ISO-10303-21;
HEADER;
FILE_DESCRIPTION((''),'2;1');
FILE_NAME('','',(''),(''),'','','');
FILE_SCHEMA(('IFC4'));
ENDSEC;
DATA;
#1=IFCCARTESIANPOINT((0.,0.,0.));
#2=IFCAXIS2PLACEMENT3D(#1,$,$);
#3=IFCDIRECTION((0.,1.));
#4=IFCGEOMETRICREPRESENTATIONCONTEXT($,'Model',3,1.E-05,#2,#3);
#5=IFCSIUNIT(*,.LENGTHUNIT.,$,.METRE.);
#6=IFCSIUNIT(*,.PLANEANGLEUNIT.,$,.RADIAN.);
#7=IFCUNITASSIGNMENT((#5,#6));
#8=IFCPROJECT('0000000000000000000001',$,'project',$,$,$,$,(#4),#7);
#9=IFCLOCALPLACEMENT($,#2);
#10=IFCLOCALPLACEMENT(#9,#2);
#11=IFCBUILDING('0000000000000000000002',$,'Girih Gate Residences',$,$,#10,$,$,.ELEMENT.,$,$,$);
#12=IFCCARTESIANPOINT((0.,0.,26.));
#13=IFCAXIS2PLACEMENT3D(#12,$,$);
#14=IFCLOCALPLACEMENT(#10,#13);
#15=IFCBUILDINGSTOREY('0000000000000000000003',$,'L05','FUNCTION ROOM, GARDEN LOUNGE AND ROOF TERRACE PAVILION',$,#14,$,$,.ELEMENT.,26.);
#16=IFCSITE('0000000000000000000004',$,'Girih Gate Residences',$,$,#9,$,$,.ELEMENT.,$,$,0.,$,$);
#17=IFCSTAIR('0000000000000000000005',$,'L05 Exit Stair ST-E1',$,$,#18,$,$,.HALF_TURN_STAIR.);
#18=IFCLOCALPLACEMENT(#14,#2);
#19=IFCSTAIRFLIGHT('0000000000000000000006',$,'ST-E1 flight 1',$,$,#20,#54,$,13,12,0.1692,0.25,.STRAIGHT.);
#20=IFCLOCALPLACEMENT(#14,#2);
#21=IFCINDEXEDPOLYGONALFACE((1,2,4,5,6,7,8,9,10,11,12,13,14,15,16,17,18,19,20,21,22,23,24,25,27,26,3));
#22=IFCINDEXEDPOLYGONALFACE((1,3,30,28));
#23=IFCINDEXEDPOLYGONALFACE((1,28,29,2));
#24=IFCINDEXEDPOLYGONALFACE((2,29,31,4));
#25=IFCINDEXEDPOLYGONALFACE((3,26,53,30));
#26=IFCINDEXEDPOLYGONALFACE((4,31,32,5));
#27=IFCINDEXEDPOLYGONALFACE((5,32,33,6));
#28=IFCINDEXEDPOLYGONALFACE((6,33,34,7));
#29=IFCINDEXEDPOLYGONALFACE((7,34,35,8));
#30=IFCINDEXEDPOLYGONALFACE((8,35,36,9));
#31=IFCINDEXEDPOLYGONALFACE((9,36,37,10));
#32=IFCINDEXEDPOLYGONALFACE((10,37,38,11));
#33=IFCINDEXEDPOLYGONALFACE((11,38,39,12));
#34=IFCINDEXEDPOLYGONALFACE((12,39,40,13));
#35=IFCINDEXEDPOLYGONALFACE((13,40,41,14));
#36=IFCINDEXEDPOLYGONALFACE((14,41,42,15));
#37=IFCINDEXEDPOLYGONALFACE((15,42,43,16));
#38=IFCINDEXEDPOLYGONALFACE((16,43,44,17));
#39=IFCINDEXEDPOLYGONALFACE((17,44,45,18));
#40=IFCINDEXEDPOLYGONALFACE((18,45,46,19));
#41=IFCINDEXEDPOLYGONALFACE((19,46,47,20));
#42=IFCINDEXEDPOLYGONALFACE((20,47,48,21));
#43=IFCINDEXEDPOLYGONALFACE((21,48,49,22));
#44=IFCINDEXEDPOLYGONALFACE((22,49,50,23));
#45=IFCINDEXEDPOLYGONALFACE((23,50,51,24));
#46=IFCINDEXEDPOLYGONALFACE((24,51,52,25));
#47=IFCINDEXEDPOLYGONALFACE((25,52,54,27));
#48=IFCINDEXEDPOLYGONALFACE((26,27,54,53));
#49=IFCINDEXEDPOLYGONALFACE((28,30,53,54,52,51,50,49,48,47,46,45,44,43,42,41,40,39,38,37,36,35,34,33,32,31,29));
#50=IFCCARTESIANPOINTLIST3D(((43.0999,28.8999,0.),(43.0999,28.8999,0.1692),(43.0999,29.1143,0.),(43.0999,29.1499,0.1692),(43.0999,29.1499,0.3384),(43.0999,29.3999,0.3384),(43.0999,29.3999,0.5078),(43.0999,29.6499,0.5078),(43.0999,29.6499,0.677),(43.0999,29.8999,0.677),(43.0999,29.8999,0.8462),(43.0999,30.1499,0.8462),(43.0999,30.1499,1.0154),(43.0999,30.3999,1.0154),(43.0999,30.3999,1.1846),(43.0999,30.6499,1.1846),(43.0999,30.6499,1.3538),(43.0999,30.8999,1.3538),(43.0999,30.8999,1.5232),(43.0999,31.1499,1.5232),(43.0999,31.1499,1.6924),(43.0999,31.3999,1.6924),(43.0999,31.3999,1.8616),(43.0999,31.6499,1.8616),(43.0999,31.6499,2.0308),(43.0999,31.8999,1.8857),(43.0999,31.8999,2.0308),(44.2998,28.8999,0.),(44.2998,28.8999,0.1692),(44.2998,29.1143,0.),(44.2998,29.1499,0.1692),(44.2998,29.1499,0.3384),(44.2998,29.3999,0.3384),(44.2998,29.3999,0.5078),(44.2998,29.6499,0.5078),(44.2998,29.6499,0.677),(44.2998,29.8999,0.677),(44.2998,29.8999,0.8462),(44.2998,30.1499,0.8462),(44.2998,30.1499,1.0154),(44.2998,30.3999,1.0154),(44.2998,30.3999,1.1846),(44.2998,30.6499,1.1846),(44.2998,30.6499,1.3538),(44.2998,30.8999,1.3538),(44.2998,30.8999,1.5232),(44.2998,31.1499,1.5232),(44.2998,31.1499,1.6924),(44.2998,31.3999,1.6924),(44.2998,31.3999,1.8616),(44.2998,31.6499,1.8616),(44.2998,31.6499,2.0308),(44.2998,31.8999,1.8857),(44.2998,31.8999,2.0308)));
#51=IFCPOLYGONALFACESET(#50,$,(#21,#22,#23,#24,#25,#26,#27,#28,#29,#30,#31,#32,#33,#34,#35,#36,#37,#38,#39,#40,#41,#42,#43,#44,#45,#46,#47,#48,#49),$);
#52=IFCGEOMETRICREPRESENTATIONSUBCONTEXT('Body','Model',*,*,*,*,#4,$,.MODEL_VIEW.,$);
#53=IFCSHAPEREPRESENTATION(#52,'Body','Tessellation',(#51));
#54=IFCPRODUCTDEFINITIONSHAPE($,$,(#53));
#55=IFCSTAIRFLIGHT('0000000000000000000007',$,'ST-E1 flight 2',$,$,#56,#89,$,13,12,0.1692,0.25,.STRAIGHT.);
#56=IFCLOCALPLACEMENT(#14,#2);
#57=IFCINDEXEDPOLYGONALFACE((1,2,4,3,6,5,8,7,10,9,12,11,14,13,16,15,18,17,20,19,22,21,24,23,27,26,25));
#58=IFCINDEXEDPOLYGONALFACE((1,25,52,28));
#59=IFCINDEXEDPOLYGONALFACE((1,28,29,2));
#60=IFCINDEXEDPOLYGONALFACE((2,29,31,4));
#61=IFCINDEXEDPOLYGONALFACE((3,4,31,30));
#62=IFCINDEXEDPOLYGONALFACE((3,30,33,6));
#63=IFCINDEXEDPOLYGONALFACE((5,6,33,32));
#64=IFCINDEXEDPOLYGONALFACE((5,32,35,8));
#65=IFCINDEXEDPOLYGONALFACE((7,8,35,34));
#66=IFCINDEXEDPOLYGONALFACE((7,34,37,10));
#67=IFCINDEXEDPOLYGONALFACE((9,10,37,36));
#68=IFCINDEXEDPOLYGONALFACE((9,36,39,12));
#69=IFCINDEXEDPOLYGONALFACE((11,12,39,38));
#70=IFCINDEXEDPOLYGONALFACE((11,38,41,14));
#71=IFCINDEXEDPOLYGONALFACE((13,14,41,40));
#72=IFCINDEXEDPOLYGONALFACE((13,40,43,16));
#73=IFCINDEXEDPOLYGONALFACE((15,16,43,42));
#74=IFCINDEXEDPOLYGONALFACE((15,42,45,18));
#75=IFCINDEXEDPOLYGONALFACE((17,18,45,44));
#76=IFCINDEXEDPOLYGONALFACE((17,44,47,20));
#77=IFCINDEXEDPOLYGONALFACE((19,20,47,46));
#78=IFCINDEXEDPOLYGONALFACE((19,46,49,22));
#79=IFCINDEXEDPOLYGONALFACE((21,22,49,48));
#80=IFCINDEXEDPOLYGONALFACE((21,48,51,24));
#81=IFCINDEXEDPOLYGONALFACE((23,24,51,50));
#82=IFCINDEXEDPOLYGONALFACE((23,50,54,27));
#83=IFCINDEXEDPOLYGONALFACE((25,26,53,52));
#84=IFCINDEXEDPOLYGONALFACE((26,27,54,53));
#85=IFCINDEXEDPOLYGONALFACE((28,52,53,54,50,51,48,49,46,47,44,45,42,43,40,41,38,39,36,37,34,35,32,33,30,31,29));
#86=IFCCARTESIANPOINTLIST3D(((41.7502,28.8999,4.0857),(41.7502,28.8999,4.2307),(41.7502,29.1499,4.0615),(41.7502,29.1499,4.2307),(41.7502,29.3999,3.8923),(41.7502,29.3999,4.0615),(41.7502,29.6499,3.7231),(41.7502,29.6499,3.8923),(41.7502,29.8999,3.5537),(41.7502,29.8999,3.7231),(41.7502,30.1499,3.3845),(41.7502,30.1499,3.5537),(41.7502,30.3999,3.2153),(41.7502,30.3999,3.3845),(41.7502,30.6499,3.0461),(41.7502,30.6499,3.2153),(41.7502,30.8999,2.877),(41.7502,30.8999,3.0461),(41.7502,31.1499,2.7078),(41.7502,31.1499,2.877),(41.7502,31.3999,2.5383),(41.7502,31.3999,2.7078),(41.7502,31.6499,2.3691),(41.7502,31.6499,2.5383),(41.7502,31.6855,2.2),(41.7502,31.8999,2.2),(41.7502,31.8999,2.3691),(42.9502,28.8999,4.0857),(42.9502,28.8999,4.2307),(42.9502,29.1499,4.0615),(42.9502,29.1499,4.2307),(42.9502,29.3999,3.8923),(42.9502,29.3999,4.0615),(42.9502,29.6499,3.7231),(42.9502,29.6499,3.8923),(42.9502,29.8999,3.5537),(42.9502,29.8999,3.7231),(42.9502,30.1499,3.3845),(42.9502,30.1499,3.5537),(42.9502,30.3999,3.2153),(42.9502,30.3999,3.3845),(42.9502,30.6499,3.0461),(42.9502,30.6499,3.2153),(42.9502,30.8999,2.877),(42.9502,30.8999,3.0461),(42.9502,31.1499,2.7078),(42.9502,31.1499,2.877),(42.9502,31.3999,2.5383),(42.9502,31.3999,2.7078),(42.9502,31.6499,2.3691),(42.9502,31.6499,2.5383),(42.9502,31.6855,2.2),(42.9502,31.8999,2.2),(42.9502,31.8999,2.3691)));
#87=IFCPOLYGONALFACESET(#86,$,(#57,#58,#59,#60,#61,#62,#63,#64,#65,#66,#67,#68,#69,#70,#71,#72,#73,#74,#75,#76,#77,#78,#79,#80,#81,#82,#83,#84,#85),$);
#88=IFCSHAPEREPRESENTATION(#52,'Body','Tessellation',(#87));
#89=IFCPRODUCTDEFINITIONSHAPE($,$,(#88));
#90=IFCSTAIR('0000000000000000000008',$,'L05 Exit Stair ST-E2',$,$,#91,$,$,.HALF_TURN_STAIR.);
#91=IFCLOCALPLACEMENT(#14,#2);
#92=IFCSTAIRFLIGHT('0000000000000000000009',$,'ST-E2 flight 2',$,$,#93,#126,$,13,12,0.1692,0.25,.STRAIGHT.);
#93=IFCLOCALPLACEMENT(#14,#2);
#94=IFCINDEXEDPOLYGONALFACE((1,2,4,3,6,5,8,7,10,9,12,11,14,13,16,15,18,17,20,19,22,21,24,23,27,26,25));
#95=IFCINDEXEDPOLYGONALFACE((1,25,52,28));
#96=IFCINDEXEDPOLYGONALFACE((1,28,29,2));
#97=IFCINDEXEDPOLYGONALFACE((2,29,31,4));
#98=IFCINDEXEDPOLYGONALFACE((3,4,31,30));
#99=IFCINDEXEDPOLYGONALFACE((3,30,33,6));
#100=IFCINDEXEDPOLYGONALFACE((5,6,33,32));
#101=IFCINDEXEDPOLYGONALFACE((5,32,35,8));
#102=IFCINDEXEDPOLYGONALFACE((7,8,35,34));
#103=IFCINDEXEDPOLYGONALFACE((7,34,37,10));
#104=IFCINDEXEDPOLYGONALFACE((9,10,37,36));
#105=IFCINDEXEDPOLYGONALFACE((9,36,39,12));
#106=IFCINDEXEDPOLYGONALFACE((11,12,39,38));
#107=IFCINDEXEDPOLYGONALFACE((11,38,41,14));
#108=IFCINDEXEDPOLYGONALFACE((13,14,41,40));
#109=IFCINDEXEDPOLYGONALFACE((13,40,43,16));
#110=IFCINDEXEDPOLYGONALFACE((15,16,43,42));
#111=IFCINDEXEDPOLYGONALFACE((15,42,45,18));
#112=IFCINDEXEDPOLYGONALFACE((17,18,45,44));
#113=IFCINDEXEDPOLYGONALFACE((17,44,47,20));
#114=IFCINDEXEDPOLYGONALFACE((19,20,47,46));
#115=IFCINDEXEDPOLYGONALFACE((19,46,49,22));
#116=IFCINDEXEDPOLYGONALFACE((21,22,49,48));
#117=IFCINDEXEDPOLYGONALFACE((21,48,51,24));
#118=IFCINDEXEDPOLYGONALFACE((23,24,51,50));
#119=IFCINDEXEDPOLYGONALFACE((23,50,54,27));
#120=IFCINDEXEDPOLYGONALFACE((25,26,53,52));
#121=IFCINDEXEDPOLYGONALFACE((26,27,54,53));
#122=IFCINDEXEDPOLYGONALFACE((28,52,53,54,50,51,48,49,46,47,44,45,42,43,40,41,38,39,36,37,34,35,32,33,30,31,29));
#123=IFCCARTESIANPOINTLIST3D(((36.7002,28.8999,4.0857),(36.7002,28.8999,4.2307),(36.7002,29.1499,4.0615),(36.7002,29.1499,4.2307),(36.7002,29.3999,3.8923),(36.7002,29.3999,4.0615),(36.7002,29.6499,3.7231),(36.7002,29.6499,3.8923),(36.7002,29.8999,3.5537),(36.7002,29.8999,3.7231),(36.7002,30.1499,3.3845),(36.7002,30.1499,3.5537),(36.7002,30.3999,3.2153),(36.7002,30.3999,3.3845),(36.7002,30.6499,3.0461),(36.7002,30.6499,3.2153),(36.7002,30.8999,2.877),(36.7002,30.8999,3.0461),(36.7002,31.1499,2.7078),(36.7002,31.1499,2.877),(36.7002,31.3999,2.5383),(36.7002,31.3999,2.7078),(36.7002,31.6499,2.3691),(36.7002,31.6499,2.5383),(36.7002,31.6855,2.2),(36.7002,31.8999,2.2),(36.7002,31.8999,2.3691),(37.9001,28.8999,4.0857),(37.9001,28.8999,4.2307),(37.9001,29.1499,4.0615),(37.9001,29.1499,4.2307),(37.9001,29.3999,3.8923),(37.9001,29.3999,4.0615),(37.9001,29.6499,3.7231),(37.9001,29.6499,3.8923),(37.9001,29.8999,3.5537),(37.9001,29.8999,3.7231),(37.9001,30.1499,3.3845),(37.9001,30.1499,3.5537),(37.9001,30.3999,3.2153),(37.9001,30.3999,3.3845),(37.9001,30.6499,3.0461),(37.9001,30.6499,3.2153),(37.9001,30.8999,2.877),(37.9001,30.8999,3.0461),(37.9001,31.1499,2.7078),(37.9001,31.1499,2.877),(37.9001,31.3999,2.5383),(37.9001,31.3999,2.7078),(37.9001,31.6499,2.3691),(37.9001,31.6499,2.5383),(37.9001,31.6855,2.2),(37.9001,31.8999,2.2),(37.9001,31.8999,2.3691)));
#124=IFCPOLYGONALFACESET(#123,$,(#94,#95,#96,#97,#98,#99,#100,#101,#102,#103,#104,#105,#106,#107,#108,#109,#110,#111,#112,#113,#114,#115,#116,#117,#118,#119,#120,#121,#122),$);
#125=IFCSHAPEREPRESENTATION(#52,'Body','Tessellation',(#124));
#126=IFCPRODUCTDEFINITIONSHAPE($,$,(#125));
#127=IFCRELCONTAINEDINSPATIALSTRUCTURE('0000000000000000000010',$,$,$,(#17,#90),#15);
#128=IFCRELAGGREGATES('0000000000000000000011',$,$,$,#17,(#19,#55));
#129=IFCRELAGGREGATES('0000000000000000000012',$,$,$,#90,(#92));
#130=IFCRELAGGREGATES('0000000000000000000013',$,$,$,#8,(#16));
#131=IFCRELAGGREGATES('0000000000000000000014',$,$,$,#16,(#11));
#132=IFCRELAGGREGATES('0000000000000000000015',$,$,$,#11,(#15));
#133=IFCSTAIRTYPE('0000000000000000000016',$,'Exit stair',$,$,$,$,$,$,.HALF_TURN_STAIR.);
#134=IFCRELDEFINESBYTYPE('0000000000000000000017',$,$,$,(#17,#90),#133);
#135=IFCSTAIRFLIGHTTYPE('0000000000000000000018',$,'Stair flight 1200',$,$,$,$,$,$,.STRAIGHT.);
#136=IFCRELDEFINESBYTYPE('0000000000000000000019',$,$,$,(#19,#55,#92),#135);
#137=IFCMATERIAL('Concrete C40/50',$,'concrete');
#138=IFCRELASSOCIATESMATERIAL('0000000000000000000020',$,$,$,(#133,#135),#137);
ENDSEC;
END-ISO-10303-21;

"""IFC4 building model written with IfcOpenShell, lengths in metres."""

from ifc_helpers import new_model, si_unit, direction, frame, origin, place, context, subcontext, project, spatial, polyline, outline, extrude, material, type_object, element, aggregate, save


model = new_model("IFC4")

# Units and contexts
model_context = context("Model", 3, precision=1e-05, world=origin(), true_north=direction((0.0, 1.0)))
body_context = subcontext(model_context, "Body", "Model", "MODEL_VIEW")
ifc_project = project(units=[si_unit("LENGTHUNIT", "METRE"), si_unit("PLANEANGLEUNIT", "RADIAN")], contexts=[model_context])

# Site, building, storey
site_placement = place(None, origin())
site = spatial("IfcSite", under=ifc_project, at=site_placement, Name="Girih Gate Residences", CompositionType="ELEMENT", RefElevation=0.0)
building_placement = place(site_placement, origin())
building = spatial("IfcBuilding", under=site, at=building_placement, Name="Girih Gate Residences", CompositionType="ELEMENT")
storey_placement = place(building_placement, frame((0.0, 0.0, 26.0)))
storey = spatial("IfcBuildingStorey", under=building, at=storey_placement, Name="L05", Description="FUNCTION ROOM, GARDEN LOUNGE AND ROOF TERRACE PAVILION", CompositionType="ELEMENT", Elevation=26.0)

# Shared definitions
ifc_material_1 = material(Name="Concrete C40/50", Category="concrete")

# Stair, stair flights
stair_type = type_object("IfcStairType", Name="Exit stair", PredefinedType="HALF_TURN_STAIR", material=ifc_material_1)
stair_1_placement = place(storey_placement, origin())
stair_1 = element("IfcStair", 1, at=stair_1_placement, inside=storey, type_object=stair_type, Name="L05 Exit Stair ST-E1", PredefinedType="HALF_TURN_STAIR")
stair_flight_type = type_object("IfcStairFlightType", Name="Stair flight 1200", PredefinedType="STRAIGHT", material=ifc_material_1)
stair_flight_1_placement = place(storey_placement, frame((43.7, 28.8999, 0.0), z_axis=(0.0, 0.0, 1.0), x_axis=(0.0, 1.0, 0.0)))
stair_flight_1 = element("IfcStairFlight", 2, at=stair_flight_1_placement, type_object=stair_flight_type, Name="ST-E1 flight 1", NumberOfRisers=13, NumberOfTreads=12, PredefinedType="STRAIGHT", RiserHeight=0.1692, TreadLength=0.25, context=body_context, shape_type="SweptSolid", body=[
    extrude(outline(polyline([(0.0, 0.0), (0.0, 0.1692), (0.25, 0.1692), (0.25, 0.3384), (0.5, 0.3384), (0.5, 0.5078), (0.75, 0.5078), (0.75, 0.677), (1.0, 0.677), (1.0, 0.8462), (1.25, 0.8462), (1.25, 1.0154), (1.5, 1.0154), (1.5, 1.1846), (1.75, 1.1846), (1.75, 1.3538), (2.0, 1.3538), (2.0, 1.5232), (2.25, 1.5232), (2.25, 1.6924), (2.5, 1.6924), (2.5, 1.8616), (2.75, 1.8616), (2.75, 2.0308), (3.0, 2.0308), (3.0, 2.2), (3.0, 1.8857), (0.2144, 0.0), (0.0, 0.0)])), frame((0.0, 0.6001, 0.0), z_axis=(0.0, -1.0, 0.0), x_axis=(1.0, 0.0, 0.0)), (0.0, 0.0, 1.0), 1.2),
])
stair_flight_2_placement = place(storey_placement, frame((42.3501, 31.8999, 2.2), z_axis=(0.0, 0.0, 1.0), x_axis=(0.0, -1.0, 0.0)))
stair_flight_2 = element("IfcStairFlight", 3, at=stair_flight_2_placement, type_object=stair_flight_type, Name="ST-E1 flight 2", NumberOfRisers=13, NumberOfTreads=12, PredefinedType="STRAIGHT", RiserHeight=0.1692, TreadLength=0.25, context=body_context, shape_type="SweptSolid", body=[
    extrude(outline(polyline([(0.0, 0.0), (0.0, 0.1692), (0.25, 0.1692), (0.25, 0.3384), (0.5, 0.3384), (0.5, 0.5078), (0.75, 0.5078), (0.75, 0.677), (1.0, 0.677), (1.0, 0.8462), (1.25, 0.8462), (1.25, 1.0154), (1.5, 1.0154), (1.5, 1.1846), (1.75, 1.1846), (1.75, 1.3538), (2.0, 1.3538), (2.0, 1.5232), (2.25, 1.5232), (2.25, 1.6924), (2.5, 1.6924), (2.5, 1.8616), (2.75, 1.8616), (2.75, 2.0308), (3.0, 2.0308), (3.0, 2.2), (3.0, 1.8857), (0.2144, 0.0), (0.0, 0.0)])), frame((0.0, 0.6001, 0.0), z_axis=(0.0, -1.0, 0.0), x_axis=(1.0, 0.0, 0.0)), (0.0, 0.0, 1.0), 1.2),
])
aggregate(stair_1, [stair_flight_1, stair_flight_2])

# Stair, stair flight
stair_2_placement = place(storey_placement, origin())
stair_2 = element("IfcStair", 4, at=stair_2_placement, inside=storey, type_object=stair_type, Name="L05 Exit Stair ST-E2", PredefinedType="HALF_TURN_STAIR")
stair_flight_3_placement = place(storey_placement, frame((37.3, 31.8999, 2.2), z_axis=(0.0, 0.0, 1.0), x_axis=(0.0, -1.0, 0.0)))
stair_flight_3 = element("IfcStairFlight", 5, at=stair_flight_3_placement, type_object=stair_flight_type, Name="ST-E2 flight 2", NumberOfRisers=13, NumberOfTreads=12, PredefinedType="STRAIGHT", RiserHeight=0.1692, TreadLength=0.25, context=body_context, shape_type="SweptSolid", body=[
    extrude(outline(polyline([(0.0, 0.0), (0.0, 0.1692), (0.25, 0.1692), (0.25, 0.3384), (0.5, 0.3384), (0.5, 0.5078), (0.75, 0.5078), (0.75, 0.677), (1.0, 0.677), (1.0, 0.8462), (1.25, 0.8462), (1.25, 1.0154), (1.5, 1.0154), (1.5, 1.1846), (1.75, 1.1846), (1.75, 1.3538), (2.0, 1.3538), (2.0, 1.5232), (2.25, 1.5232), (2.25, 1.6924), (2.5, 1.6924), (2.5, 1.8616), (2.75, 1.8616), (2.75, 2.0308), (3.0, 2.0308), (3.0, 2.2), (3.0, 1.8857), (0.2144, 0.0), (0.0, 0.0)])), frame((0.0, 0.6001, 0.0), z_axis=(0.0, -1.0, 0.0), x_axis=(1.0, 0.0, 0.0)), (0.0, 0.0, 1.0), 1.2),
])
aggregate(stair_2, [stair_flight_3])

save(model, "model.ifc")
